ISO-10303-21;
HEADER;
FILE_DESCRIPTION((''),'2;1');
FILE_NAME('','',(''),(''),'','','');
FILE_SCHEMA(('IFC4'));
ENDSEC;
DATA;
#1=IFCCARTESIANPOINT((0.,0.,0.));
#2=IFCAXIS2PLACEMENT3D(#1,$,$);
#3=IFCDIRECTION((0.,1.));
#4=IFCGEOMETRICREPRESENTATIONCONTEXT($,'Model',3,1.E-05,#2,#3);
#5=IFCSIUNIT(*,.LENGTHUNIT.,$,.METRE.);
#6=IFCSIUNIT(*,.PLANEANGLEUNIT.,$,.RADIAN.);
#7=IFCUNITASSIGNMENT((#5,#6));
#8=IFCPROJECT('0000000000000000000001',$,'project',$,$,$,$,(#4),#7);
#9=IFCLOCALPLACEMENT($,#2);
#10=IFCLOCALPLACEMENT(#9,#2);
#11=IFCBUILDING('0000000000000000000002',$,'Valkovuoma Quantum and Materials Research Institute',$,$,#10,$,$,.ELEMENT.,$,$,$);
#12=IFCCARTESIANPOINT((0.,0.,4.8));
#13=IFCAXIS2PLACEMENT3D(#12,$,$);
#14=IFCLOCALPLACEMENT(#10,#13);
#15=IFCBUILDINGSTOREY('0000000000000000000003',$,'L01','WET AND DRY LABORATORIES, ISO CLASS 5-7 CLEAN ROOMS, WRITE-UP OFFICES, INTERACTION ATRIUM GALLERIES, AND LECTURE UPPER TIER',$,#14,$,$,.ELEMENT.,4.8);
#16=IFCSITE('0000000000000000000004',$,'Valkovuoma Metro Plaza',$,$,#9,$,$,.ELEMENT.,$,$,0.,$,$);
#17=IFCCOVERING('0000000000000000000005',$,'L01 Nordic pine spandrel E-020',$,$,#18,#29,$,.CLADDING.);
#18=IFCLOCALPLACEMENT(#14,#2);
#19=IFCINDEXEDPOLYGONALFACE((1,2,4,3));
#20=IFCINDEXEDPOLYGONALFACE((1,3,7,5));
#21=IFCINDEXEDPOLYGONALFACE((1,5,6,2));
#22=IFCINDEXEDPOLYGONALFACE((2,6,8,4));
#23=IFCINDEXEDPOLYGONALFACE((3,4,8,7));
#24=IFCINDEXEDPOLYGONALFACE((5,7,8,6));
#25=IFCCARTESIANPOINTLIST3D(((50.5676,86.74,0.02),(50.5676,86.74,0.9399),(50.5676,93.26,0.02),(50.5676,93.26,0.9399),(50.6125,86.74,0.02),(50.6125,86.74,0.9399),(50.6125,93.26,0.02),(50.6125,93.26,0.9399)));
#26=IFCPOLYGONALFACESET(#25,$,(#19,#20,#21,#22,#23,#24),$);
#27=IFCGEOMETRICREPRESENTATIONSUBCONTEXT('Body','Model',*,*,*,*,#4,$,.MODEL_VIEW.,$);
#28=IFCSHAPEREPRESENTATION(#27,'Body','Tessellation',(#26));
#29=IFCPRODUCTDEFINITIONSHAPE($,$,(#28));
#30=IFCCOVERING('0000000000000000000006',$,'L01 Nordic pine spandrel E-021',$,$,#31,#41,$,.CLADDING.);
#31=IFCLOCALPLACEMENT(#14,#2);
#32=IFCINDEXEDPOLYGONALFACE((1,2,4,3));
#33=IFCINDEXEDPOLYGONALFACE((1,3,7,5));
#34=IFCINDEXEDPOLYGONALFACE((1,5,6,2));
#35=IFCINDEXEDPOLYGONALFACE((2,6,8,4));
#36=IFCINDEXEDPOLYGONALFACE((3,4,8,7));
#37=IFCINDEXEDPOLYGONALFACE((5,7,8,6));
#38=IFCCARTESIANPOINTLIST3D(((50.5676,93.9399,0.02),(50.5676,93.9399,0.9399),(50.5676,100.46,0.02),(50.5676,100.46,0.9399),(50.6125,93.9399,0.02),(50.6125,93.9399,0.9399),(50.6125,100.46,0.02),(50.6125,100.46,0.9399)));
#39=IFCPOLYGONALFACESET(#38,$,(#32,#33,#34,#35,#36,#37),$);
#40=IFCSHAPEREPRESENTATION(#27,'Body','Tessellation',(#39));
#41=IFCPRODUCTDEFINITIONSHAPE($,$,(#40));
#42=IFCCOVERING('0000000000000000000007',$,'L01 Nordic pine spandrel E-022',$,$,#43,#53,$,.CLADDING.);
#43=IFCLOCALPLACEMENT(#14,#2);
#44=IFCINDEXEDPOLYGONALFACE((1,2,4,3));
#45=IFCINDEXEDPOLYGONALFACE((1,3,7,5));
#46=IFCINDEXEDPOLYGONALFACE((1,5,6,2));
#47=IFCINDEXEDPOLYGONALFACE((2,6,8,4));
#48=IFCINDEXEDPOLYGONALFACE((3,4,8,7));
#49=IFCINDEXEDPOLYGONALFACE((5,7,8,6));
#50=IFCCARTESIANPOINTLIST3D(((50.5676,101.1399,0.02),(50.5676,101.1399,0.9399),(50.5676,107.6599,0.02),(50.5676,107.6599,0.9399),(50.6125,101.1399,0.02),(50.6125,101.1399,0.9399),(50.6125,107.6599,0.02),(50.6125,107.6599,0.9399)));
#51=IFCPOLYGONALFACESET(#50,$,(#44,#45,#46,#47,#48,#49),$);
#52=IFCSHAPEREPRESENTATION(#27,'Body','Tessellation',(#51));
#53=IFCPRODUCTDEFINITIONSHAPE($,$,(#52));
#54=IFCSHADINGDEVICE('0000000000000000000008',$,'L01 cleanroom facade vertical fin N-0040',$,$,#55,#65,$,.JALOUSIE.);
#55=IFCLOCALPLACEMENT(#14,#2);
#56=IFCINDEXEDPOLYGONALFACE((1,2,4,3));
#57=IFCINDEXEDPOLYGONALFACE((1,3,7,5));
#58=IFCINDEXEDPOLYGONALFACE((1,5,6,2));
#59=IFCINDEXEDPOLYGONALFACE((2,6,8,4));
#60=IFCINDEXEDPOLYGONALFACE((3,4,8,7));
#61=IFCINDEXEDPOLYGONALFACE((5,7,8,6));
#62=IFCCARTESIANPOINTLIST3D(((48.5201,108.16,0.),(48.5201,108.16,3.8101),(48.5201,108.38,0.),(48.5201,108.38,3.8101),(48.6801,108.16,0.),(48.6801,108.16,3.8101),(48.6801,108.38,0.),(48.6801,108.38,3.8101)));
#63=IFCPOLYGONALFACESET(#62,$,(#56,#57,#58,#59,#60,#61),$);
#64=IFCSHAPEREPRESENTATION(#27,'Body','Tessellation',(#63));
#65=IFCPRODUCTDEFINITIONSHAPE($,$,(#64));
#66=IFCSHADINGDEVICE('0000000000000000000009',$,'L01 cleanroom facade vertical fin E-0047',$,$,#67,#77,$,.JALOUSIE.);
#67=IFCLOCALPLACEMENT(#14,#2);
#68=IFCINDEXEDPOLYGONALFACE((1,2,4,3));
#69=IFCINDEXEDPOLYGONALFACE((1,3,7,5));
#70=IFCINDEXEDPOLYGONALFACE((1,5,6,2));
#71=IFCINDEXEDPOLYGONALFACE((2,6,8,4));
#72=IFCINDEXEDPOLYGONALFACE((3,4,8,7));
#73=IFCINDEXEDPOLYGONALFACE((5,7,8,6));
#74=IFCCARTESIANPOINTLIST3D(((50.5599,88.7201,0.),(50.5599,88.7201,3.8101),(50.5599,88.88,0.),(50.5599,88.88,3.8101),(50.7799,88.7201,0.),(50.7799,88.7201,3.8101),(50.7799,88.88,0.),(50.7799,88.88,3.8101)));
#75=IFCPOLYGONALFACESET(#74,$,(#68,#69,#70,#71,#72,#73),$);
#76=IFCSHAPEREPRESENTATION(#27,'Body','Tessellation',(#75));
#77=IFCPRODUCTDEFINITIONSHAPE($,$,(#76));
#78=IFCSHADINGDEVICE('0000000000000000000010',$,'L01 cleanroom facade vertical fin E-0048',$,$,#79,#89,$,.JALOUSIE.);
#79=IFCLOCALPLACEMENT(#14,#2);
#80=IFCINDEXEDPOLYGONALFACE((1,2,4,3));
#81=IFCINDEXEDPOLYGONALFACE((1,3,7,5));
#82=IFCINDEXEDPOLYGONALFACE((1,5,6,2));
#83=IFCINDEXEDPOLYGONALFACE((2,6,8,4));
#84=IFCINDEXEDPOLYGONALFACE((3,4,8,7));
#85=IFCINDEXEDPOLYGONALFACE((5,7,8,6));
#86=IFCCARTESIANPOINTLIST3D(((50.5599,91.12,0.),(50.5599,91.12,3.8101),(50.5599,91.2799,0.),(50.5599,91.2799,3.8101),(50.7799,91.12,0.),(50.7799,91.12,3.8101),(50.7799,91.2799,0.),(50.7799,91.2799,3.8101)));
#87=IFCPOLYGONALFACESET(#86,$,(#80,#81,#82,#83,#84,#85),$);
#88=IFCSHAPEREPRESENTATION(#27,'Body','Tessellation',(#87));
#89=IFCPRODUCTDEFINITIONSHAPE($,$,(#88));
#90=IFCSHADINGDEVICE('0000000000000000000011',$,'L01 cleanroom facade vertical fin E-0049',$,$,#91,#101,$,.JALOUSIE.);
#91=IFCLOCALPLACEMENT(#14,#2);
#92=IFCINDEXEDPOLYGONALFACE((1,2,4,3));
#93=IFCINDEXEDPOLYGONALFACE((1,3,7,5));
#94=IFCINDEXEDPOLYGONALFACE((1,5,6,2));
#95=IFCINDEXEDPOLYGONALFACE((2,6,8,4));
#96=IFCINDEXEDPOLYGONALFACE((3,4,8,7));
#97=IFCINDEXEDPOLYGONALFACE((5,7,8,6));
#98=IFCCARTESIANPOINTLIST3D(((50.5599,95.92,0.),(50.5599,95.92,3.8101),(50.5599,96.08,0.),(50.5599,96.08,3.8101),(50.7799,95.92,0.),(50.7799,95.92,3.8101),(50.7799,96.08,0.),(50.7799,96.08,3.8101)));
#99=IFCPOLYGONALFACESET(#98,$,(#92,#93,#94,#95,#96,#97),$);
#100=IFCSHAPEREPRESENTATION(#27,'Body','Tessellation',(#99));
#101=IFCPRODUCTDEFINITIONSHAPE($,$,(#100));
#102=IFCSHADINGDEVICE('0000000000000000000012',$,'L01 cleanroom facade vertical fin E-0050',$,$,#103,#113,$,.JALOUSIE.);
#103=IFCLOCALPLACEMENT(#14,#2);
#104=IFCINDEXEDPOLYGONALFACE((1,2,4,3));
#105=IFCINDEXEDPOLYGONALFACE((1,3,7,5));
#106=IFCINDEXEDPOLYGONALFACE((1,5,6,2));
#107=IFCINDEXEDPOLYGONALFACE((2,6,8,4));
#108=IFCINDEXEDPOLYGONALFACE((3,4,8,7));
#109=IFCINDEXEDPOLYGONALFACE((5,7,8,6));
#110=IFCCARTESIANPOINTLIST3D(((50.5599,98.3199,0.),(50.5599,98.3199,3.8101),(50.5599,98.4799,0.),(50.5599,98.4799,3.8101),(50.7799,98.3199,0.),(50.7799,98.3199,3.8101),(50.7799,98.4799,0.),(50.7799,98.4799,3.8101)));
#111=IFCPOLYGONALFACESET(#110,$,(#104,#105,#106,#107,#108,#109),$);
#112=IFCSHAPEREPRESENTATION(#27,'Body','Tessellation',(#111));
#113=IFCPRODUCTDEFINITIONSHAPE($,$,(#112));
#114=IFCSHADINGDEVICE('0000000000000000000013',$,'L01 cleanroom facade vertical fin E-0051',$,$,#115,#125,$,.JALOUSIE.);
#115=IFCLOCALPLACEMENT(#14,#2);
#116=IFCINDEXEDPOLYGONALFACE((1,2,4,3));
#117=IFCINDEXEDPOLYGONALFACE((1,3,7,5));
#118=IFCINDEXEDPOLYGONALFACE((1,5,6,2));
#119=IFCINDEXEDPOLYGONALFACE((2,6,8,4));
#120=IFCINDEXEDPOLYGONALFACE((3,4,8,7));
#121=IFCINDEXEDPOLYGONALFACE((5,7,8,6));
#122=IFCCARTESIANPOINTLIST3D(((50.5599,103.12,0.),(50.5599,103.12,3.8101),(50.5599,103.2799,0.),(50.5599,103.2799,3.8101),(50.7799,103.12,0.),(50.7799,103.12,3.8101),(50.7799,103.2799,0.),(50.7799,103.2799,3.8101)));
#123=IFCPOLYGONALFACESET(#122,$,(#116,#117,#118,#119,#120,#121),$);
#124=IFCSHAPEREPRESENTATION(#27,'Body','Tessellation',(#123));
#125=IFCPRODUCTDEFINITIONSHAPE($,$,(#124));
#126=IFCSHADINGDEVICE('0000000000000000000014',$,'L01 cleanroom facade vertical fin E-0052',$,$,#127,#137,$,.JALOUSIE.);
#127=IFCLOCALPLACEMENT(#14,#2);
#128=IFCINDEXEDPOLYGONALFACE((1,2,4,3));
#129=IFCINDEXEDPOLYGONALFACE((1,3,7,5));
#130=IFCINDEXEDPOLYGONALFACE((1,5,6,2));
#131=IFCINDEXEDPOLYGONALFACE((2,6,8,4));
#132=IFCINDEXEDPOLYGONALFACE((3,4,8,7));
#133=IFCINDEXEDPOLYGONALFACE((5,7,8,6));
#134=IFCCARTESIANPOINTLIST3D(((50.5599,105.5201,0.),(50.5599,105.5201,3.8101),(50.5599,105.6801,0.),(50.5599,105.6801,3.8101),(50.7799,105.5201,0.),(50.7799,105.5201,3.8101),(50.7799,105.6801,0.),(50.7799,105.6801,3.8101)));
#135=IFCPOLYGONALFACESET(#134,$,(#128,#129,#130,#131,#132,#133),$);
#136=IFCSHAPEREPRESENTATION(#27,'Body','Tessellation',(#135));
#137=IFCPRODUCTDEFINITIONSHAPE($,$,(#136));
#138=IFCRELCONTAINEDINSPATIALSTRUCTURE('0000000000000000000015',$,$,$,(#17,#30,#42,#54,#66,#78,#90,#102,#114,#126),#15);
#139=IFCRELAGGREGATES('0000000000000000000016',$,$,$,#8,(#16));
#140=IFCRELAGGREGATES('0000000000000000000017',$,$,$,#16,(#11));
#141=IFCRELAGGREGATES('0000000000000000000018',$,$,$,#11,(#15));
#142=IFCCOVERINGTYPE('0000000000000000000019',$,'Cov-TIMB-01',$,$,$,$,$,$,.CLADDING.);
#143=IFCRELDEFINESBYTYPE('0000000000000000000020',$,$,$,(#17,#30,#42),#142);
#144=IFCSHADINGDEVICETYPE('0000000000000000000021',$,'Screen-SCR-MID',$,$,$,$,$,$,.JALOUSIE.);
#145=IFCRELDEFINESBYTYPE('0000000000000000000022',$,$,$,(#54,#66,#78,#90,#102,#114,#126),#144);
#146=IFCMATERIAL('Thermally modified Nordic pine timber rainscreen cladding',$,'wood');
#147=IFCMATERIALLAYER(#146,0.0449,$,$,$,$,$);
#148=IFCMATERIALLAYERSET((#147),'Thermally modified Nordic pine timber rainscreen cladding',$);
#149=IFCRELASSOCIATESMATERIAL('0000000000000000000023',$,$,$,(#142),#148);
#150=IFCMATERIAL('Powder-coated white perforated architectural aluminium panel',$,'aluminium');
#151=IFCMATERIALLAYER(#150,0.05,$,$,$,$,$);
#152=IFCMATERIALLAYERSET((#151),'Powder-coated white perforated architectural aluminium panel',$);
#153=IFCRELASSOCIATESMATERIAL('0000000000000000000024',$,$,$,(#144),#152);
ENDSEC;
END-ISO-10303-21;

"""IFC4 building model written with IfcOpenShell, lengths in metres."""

from ifc_helpers import new_model, si_unit, direction, frame, origin, origin_2d, place, context, subcontext, project, spatial, rectangle, extrude, material, layer, layer_set, type_object, element, save


model = new_model("IFC4")

# Units and contexts
model_context = context("Model", 3, precision=1e-05, world=origin(), true_north=direction((0.0, 1.0)))
body_context = subcontext(model_context, "Body", "Model", "MODEL_VIEW")
ifc_project = project(units=[si_unit("LENGTHUNIT", "METRE"), si_unit("PLANEANGLEUNIT", "RADIAN")], contexts=[model_context])

# Site, building, storey
site_placement = place(None, origin())
site = spatial("IfcSite", under=ifc_project, at=site_placement, Name="Valkovuoma Metro Plaza", CompositionType="ELEMENT", RefElevation=0.0)
building_placement = place(site_placement, origin())
building = spatial("IfcBuilding", under=site, at=building_placement, Name="Valkovuoma Quantum and Materials Research Institute", CompositionType="ELEMENT")
storey_placement = place(building_placement, frame((0.0, 0.0, 4.8)))
storey = spatial("IfcBuildingStorey", under=building, at=storey_placement, Name="L01", Description="WET AND DRY LABORATORIES, ISO CLASS 5-7 CLEAN ROOMS, WRITE-UP OFFICES, INTERACTION ATRIUM GALLERIES, AND LECTURE UPPER TIER", CompositionType="ELEMENT", Elevation=4.8)

# Coverings
ifc_material_1 = material(Name="Thermally modified Nordic pine timber rainscreen cladding", Category="wood")
ifc_layer_1 = layer(ifc_material_1, 0.0449)
ifc_layer_set_1 = layer_set([ifc_layer_1], Name="Thermally modified Nordic pine timber rainscreen cladding")
covering_type = type_object("IfcCoveringType", Name="Cov-TIMB-01", PredefinedType="CLADDING", material=ifc_layer_set_1)
for number, where, z_axis, x_axis, name in (
    (1, (50.5901, 90.0, 0.02), (0.0, 0.0, 1.0), (1.0, 0.0, 0.0), "L01 Nordic pine spandrel E-020"),
    (2, (50.5901, 97.2, 0.02), (0.0, 0.0, 1.0), (1.0, 0.0, 0.0), "L01 Nordic pine spandrel E-021"),
    (3, (50.5901, 104.3999, 0.02), (0.0, 0.0, 1.0), (1.0, 0.0, 0.0), "L01 Nordic pine spandrel E-022"),
):
    element("IfcCovering", number, at=place(storey_placement, frame(where, z_axis=z_axis, x_axis=x_axis)), inside=storey, type_object=covering_type, Name=name, PredefinedType="CLADDING", context=body_context, shape_type="SweptSolid", body=[
        extrude(rectangle(XDim=0.0449, YDim=6.52, at=origin_2d()), origin(), (0.0, 0.0, 1.0), 0.9199),
    ])

# Shading devices
ifc_material_2 = material(Name="Powder-coated white perforated architectural aluminium panel", Category="aluminium")
ifc_layer_2 = layer(ifc_material_2, 0.05)
ifc_layer_set_2 = layer_set([ifc_layer_2], Name="Powder-coated white perforated architectural aluminium panel")
shading_device_type = type_object("IfcShadingDeviceType", Name="Screen-SCR-MID", PredefinedType="JALOUSIE", material=ifc_layer_set_2)
shading_device_placement = place(storey_placement, frame((48.6001, 108.27, 0.0), z_axis=(0.0, 0.0, 1.0), x_axis=(1.0, 0.0, 0.0)))
element("IfcShadingDevice", 4, at=shading_device_placement, inside=storey, type_object=shading_device_type, Name="L01 cleanroom facade vertical fin N-0040", PredefinedType="JALOUSIE", context=body_context, shape_type="SweptSolid", body=[
    extrude(rectangle(XDim=0.1599, YDim=0.22, at=origin_2d()), origin(), (0.0, 0.0, 1.0), 3.8101),
])
for number, where, z_axis, x_axis, name in (
    (5, (50.6699, 88.8, 0.0), (0.0, 0.0, 1.0), (1.0, 0.0, 0.0), "L01 cleanroom facade vertical fin E-0047"),
    (6, (50.6699, 91.2, 0.0), (0.0, 0.0, 1.0), (1.0, 0.0, 0.0), "L01 cleanroom facade vertical fin E-0048"),
    (7, (50.6699, 96.0, 0.0), (0.0, 0.0, 1.0), (1.0, 0.0, 0.0), "L01 cleanroom facade vertical fin E-0049"),
    (8, (50.6699, 98.3999, 0.0), (0.0, 0.0, 1.0), (1.0, 0.0, 0.0), "L01 cleanroom facade vertical fin E-0050"),
    (9, (50.6699, 103.2, 0.0), (0.0, 0.0, 1.0), (1.0, 0.0, 0.0), "L01 cleanroom facade vertical fin E-0051"),
    (10, (50.6699, 105.6001, 0.0), (0.0, 0.0, 1.0), (1.0, 0.0, 0.0), "L01 cleanroom facade vertical fin E-0052"),
):
    element("IfcShadingDevice", number, at=place(storey_placement, frame(where, z_axis=z_axis, x_axis=x_axis)), inside=storey, type_object=shading_device_type, Name=name, PredefinedType="JALOUSIE", context=body_context, shape_type="SweptSolid", body=[
        extrude(rectangle(XDim=0.22, YDim=0.1599, at=origin_2d()), origin(), (0.0, 0.0, 1.0), 3.8101),
    ])

save(model, "model.ifc")
